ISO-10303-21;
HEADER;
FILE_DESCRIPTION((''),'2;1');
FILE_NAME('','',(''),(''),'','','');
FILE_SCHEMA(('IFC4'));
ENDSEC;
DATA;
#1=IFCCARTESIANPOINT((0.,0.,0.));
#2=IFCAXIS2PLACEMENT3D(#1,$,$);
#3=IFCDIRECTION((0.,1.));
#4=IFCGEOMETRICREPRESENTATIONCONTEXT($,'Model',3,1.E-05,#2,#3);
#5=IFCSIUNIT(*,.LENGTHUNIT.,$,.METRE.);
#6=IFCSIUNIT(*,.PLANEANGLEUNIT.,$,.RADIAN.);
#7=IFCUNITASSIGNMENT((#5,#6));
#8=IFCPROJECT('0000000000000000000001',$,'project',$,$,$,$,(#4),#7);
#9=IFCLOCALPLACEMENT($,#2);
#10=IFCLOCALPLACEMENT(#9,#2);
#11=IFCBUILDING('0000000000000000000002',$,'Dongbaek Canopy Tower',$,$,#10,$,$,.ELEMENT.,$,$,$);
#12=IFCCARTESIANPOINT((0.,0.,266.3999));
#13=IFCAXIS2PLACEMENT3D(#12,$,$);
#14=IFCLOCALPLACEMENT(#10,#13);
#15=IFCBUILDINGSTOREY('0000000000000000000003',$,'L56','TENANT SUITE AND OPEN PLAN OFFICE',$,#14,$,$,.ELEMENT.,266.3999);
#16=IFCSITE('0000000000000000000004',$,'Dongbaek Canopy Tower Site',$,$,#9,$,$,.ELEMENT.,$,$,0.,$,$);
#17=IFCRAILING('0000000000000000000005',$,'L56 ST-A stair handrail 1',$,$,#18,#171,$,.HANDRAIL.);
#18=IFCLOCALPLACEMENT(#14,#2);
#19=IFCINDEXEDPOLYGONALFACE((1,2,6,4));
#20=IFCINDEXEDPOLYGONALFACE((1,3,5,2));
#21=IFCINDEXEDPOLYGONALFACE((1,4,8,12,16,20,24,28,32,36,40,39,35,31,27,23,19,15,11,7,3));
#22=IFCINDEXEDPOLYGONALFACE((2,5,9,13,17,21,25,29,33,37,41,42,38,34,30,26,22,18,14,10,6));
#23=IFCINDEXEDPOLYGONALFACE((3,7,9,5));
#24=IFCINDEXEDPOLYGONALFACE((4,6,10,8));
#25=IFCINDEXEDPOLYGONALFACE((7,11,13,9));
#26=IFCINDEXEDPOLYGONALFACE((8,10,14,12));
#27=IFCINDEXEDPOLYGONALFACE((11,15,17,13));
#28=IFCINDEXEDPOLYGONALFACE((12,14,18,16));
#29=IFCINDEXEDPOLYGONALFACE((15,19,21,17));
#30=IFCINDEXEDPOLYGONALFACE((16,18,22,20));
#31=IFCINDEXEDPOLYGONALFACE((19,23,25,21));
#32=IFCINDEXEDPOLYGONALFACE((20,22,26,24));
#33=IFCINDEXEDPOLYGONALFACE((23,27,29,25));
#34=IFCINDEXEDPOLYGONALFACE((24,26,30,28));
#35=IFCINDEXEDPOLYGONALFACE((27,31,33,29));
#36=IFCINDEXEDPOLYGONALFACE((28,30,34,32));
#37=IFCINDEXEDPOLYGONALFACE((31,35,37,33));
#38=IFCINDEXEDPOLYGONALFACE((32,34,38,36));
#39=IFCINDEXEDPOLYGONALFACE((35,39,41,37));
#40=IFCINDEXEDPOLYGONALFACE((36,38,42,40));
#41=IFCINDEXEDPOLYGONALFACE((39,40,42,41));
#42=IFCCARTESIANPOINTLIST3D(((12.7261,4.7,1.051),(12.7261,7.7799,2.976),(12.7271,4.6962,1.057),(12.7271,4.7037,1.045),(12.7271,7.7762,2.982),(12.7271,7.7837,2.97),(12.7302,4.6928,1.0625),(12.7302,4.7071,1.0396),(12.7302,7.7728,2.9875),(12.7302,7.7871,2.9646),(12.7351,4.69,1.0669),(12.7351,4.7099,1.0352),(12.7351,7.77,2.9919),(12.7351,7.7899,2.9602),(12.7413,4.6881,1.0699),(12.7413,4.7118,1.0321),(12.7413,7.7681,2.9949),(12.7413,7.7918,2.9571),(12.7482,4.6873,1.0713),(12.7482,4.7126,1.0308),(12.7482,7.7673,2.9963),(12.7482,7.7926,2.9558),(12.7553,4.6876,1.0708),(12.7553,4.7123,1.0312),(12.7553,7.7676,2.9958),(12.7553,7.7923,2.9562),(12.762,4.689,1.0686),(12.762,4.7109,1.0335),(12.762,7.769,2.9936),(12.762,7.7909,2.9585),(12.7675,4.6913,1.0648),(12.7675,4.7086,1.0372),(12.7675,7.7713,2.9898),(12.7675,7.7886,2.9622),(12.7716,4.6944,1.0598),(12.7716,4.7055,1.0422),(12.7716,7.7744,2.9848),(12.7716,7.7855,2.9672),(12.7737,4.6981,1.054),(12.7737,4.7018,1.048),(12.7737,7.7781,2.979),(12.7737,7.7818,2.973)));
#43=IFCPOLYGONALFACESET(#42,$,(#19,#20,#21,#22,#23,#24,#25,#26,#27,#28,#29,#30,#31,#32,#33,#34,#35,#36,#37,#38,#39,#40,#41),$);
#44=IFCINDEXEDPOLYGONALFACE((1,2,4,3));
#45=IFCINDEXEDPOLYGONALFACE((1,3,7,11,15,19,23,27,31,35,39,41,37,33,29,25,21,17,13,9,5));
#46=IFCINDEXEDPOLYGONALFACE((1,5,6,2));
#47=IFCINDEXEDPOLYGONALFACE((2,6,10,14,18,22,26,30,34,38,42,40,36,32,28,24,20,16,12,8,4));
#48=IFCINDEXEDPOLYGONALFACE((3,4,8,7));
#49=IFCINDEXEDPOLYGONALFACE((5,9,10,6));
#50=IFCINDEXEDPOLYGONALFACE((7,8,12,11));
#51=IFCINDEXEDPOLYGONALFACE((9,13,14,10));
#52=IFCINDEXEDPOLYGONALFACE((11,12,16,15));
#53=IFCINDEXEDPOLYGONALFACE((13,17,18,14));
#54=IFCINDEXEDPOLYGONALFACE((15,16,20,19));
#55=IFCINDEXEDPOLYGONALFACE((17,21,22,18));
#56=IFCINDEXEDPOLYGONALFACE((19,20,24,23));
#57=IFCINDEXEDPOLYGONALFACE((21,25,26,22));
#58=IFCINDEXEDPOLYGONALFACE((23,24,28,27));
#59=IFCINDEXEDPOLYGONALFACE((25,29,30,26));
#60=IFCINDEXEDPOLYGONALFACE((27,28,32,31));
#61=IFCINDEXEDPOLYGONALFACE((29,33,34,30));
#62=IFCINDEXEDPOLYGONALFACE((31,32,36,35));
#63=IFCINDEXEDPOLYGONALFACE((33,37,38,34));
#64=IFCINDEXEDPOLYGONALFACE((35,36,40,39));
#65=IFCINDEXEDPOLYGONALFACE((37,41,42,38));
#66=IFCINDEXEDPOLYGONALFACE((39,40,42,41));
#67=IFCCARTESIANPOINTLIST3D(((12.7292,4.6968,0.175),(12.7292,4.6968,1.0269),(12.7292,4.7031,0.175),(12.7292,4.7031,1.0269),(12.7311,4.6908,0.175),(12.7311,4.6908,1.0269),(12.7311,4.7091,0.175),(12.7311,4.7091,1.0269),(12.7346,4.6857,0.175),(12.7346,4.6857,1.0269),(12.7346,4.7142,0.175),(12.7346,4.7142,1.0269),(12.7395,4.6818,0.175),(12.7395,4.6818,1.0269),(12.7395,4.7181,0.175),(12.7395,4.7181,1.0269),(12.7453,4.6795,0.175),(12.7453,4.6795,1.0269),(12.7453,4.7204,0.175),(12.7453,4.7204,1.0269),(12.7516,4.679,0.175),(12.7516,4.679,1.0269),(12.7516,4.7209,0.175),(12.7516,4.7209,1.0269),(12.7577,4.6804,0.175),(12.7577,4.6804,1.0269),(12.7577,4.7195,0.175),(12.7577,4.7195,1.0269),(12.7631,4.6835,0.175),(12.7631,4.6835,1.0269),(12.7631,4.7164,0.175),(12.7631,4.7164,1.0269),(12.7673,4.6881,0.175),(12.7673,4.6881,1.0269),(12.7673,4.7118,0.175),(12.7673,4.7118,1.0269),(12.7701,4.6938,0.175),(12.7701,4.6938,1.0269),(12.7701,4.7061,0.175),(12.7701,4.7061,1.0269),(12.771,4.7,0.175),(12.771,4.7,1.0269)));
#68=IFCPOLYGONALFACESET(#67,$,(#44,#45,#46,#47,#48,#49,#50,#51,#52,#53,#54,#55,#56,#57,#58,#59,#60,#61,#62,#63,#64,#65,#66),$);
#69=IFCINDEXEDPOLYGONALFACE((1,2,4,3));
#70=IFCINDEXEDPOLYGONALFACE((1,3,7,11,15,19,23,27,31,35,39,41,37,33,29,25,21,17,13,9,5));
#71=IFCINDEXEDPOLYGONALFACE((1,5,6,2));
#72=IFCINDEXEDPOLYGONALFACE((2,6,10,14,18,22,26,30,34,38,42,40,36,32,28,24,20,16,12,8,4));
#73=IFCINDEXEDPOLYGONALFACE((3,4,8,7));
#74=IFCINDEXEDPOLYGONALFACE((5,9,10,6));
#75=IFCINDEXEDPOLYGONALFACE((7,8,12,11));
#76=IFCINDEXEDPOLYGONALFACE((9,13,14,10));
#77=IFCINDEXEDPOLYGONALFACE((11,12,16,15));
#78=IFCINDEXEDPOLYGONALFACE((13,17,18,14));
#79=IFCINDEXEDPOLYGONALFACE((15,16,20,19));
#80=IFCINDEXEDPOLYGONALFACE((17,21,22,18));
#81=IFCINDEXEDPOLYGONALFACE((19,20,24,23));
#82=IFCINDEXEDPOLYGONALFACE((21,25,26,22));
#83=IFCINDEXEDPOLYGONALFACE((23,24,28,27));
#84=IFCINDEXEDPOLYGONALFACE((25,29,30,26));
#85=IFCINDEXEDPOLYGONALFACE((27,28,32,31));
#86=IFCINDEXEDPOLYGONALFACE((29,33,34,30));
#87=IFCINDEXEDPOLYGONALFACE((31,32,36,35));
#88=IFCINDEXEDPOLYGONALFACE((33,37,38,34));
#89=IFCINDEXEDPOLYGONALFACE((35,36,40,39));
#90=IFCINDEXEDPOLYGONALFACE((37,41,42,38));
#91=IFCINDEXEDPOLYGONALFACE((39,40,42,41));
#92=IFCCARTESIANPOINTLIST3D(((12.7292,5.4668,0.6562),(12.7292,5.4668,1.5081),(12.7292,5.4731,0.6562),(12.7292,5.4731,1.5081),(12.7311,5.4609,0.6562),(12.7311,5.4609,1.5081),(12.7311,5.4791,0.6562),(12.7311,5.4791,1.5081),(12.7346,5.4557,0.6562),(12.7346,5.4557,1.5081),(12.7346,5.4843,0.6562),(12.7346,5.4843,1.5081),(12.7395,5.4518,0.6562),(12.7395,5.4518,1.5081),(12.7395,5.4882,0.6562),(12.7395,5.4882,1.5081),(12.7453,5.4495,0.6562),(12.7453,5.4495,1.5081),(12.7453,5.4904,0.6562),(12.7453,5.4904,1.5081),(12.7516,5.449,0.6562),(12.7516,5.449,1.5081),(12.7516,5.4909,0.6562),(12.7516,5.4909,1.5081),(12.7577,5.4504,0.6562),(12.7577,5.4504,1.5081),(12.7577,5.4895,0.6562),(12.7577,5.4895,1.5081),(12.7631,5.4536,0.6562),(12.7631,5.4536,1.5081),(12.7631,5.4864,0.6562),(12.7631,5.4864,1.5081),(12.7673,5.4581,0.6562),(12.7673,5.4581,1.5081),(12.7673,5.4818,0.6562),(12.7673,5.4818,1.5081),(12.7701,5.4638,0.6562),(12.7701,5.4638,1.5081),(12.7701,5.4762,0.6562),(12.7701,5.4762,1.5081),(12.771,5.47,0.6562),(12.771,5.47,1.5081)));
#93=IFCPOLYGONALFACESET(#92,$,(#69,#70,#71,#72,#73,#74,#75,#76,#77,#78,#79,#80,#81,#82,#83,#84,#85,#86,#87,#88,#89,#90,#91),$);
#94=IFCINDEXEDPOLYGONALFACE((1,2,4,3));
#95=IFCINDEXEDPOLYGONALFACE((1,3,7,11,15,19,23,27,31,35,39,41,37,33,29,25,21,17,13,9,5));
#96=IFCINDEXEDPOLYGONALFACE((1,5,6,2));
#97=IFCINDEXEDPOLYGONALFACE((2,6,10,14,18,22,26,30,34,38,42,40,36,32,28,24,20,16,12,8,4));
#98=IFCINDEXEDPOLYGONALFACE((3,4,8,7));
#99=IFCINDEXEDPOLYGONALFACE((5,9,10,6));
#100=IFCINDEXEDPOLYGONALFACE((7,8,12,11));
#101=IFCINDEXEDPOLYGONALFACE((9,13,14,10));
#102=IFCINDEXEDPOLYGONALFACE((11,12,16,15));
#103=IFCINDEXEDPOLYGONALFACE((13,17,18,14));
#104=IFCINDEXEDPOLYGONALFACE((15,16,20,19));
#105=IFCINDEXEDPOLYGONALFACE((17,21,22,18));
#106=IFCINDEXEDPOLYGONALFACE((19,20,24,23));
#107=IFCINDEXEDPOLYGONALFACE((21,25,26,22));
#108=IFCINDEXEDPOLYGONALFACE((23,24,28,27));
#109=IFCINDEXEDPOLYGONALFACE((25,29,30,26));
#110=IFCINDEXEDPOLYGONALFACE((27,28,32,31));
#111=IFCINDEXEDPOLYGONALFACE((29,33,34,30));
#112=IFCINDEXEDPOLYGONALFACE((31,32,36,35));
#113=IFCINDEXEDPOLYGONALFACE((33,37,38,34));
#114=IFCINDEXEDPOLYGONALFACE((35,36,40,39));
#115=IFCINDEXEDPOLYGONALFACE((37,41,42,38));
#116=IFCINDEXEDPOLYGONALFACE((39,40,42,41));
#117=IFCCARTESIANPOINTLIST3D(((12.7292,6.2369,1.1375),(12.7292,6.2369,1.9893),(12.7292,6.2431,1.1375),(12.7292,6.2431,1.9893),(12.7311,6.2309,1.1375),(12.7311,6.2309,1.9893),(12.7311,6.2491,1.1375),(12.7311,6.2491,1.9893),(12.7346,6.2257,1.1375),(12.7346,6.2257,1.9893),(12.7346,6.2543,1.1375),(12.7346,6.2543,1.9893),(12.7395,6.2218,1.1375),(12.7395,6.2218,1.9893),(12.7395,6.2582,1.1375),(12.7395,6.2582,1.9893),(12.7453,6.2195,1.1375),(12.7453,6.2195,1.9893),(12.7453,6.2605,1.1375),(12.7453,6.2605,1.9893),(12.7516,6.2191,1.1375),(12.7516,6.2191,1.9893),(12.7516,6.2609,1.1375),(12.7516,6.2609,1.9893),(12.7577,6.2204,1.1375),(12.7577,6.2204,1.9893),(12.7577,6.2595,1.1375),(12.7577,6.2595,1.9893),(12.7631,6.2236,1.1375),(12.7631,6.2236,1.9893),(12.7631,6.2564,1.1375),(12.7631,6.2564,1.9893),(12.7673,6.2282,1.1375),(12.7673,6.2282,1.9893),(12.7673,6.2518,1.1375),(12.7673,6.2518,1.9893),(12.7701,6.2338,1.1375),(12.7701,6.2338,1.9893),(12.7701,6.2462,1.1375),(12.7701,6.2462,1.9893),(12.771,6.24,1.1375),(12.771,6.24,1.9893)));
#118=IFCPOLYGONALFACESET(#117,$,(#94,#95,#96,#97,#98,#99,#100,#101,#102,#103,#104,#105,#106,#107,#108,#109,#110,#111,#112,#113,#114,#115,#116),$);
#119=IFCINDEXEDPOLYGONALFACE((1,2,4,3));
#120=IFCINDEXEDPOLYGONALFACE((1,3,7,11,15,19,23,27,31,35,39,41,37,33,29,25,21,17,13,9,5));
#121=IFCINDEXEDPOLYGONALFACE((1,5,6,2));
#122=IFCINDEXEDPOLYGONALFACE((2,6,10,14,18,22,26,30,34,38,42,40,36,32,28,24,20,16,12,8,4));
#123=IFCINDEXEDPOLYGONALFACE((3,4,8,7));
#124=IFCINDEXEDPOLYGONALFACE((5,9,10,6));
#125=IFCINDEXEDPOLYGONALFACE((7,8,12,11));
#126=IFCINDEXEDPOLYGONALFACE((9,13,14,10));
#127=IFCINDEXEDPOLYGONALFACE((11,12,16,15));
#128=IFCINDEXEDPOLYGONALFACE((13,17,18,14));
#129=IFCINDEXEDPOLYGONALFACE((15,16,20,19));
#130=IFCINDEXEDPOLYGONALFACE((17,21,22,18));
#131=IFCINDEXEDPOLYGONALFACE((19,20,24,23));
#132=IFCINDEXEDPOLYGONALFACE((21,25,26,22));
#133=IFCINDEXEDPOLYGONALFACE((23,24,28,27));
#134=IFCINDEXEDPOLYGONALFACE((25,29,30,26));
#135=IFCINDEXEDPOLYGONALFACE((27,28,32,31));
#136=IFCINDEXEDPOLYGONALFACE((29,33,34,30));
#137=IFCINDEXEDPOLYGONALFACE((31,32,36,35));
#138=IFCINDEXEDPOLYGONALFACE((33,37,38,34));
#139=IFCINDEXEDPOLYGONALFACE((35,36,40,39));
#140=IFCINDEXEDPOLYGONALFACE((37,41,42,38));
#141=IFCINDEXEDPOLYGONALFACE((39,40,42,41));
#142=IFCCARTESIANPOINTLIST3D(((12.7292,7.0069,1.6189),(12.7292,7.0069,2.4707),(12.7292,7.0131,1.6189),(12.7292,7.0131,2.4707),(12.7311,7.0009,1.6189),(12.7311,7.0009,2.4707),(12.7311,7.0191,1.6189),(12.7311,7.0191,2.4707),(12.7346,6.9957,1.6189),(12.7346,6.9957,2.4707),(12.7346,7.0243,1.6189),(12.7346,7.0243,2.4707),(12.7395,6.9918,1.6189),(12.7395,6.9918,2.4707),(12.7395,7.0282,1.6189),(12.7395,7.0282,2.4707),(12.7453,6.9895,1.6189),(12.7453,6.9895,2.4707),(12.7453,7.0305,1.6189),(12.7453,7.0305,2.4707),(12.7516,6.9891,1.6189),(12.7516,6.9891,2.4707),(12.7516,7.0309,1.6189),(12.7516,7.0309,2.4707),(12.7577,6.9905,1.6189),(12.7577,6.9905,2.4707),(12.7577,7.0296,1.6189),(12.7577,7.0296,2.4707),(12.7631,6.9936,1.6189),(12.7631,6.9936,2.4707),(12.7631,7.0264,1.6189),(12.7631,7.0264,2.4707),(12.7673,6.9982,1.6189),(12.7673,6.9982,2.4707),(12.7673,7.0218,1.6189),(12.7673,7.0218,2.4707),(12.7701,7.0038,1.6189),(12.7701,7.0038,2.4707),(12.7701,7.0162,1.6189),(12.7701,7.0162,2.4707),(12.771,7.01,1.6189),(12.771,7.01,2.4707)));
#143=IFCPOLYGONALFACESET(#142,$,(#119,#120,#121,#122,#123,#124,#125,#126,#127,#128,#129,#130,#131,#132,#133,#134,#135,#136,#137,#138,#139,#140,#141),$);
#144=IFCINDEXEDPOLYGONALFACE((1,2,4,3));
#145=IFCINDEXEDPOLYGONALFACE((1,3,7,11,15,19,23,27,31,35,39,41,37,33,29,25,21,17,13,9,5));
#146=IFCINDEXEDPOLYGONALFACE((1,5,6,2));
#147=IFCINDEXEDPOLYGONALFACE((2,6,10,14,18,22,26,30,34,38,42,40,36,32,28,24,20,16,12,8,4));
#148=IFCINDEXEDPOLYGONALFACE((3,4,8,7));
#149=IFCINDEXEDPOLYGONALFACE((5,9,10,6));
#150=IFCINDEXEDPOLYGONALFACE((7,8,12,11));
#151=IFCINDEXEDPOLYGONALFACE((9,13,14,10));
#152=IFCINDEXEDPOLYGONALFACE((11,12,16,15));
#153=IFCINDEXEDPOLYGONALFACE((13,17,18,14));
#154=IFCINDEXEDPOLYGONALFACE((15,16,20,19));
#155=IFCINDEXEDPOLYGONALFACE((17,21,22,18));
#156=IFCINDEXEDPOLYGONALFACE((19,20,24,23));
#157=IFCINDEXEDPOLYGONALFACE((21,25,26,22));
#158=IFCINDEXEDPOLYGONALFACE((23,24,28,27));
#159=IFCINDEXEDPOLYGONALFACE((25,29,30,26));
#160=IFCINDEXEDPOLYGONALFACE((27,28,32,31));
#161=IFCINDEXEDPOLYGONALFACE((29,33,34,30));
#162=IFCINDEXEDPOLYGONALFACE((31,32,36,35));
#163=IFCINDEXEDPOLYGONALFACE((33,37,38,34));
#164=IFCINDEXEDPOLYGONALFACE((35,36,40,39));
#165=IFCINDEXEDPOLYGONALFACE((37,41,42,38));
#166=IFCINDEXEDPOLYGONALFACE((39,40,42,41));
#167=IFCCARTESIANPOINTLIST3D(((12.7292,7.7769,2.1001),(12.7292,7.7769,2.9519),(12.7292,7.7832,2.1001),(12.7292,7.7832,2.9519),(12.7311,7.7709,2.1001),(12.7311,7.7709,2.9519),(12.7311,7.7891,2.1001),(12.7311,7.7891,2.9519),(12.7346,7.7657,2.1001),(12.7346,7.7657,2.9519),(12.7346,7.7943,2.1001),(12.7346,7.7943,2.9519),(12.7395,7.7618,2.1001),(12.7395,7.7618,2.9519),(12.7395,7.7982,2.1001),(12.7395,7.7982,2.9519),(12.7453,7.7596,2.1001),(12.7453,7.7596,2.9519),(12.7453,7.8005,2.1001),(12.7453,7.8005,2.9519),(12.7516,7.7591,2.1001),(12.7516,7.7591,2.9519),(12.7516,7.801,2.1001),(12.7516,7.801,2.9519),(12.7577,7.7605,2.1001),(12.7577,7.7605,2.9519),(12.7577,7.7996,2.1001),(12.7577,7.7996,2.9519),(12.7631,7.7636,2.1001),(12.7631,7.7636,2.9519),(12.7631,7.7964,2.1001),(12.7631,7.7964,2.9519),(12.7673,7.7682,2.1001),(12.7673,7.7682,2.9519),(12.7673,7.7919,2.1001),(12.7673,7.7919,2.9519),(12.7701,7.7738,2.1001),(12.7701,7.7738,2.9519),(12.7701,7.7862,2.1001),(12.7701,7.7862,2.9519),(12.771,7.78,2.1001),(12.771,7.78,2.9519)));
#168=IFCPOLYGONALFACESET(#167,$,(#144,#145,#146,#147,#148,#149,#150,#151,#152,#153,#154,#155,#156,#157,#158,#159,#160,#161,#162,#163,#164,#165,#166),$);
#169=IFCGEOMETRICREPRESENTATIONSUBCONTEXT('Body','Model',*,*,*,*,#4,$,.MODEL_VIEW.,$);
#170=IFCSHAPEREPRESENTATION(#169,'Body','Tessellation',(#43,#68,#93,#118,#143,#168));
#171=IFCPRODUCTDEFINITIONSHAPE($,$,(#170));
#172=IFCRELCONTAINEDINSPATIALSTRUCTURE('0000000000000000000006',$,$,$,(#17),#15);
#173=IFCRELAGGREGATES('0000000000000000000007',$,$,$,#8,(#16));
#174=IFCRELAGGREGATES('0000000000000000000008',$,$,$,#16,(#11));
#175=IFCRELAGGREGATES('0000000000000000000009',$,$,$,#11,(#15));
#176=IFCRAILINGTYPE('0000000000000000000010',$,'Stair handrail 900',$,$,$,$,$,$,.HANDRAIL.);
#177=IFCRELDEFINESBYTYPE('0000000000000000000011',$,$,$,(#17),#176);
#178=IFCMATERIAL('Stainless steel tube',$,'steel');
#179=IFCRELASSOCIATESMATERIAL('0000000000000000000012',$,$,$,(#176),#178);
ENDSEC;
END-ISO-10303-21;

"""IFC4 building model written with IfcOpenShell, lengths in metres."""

from ifc_helpers import new_model, si_unit, direction, frame, origin, origin_2d, place, context, subcontext, project, spatial, circle, extrude, material, type_object, element, save


model = new_model("IFC4")

# Units and contexts
model_context = context("Model", 3, precision=1e-05, world=origin(), true_north=direction((0.0, 1.0)))
body_context = subcontext(model_context, "Body", "Model", "MODEL_VIEW")
ifc_project = project(units=[si_unit("LENGTHUNIT", "METRE"), si_unit("PLANEANGLEUNIT", "RADIAN")], contexts=[model_context])

# Site, building, storey
site_placement = place(None, origin())
site = spatial("IfcSite", under=ifc_project, at=site_placement, Name="Dongbaek Canopy Tower Site", CompositionType="ELEMENT", RefElevation=0.0)
building_placement = place(site_placement, origin())
building = spatial("IfcBuilding", under=site, at=building_placement, Name="Dongbaek Canopy Tower", CompositionType="ELEMENT")
storey_placement = place(building_placement, frame((0.0, 0.0, 266.3999)))
storey = spatial("IfcBuildingStorey", under=building, at=storey_placement, Name="L56", Description="TENANT SUITE AND OPEN PLAN OFFICE", CompositionType="ELEMENT", Elevation=266.3999)

# Railing
ifc_material_1 = material(Name="Stainless steel tube", Category="steel")
railing_type_1 = type_object("IfcRailingType", Name="Stair handrail 900", PredefinedType="HANDRAIL", material=ifc_material_1)
railing_1_placement = place(storey_placement, frame((12.75, 4.7, 0.175)))
element("IfcRailing", 1, at=railing_1_placement, inside=storey, type_object=railing_type_1, Name="L56 ST-A stair handrail 1", PredefinedType="HANDRAIL", context=body_context, shape_type="SweptSolid", body=[
    extrude(circle(Radius=0.0239, at=origin_2d()), frame((0.0, 0.0, 0.876), z_axis=(0.0, 0.847998, 0.529999), x_axis=(-1.0, 0.0, 0.0)), (0.0, 0.0, 1.0), 3.6321),
    extrude(circle(Radius=0.021, at=origin_2d()), origin(), (0.0, 0.0, 1.0), 0.8518),
    extrude(circle(Radius=0.021, at=origin_2d()), frame((0.0, 0.77, 0.4812)), (0.0, 0.0, 1.0), 0.8518),
    extrude(circle(Radius=0.021, at=origin_2d()), frame((0.0, 1.54, 0.9624)), (0.0, 0.0, 1.0), 0.8518),
    extrude(circle(Radius=0.021, at=origin_2d()), frame((0.0, 2.3101, 1.4438)), (0.0, 0.0, 1.0), 0.8518),
    extrude(circle(Radius=0.021, at=origin_2d()), frame((0.0, 3.0801, 1.925)), (0.0, 0.0, 1.0), 0.8518),
])

save(model, "model.ifc")
